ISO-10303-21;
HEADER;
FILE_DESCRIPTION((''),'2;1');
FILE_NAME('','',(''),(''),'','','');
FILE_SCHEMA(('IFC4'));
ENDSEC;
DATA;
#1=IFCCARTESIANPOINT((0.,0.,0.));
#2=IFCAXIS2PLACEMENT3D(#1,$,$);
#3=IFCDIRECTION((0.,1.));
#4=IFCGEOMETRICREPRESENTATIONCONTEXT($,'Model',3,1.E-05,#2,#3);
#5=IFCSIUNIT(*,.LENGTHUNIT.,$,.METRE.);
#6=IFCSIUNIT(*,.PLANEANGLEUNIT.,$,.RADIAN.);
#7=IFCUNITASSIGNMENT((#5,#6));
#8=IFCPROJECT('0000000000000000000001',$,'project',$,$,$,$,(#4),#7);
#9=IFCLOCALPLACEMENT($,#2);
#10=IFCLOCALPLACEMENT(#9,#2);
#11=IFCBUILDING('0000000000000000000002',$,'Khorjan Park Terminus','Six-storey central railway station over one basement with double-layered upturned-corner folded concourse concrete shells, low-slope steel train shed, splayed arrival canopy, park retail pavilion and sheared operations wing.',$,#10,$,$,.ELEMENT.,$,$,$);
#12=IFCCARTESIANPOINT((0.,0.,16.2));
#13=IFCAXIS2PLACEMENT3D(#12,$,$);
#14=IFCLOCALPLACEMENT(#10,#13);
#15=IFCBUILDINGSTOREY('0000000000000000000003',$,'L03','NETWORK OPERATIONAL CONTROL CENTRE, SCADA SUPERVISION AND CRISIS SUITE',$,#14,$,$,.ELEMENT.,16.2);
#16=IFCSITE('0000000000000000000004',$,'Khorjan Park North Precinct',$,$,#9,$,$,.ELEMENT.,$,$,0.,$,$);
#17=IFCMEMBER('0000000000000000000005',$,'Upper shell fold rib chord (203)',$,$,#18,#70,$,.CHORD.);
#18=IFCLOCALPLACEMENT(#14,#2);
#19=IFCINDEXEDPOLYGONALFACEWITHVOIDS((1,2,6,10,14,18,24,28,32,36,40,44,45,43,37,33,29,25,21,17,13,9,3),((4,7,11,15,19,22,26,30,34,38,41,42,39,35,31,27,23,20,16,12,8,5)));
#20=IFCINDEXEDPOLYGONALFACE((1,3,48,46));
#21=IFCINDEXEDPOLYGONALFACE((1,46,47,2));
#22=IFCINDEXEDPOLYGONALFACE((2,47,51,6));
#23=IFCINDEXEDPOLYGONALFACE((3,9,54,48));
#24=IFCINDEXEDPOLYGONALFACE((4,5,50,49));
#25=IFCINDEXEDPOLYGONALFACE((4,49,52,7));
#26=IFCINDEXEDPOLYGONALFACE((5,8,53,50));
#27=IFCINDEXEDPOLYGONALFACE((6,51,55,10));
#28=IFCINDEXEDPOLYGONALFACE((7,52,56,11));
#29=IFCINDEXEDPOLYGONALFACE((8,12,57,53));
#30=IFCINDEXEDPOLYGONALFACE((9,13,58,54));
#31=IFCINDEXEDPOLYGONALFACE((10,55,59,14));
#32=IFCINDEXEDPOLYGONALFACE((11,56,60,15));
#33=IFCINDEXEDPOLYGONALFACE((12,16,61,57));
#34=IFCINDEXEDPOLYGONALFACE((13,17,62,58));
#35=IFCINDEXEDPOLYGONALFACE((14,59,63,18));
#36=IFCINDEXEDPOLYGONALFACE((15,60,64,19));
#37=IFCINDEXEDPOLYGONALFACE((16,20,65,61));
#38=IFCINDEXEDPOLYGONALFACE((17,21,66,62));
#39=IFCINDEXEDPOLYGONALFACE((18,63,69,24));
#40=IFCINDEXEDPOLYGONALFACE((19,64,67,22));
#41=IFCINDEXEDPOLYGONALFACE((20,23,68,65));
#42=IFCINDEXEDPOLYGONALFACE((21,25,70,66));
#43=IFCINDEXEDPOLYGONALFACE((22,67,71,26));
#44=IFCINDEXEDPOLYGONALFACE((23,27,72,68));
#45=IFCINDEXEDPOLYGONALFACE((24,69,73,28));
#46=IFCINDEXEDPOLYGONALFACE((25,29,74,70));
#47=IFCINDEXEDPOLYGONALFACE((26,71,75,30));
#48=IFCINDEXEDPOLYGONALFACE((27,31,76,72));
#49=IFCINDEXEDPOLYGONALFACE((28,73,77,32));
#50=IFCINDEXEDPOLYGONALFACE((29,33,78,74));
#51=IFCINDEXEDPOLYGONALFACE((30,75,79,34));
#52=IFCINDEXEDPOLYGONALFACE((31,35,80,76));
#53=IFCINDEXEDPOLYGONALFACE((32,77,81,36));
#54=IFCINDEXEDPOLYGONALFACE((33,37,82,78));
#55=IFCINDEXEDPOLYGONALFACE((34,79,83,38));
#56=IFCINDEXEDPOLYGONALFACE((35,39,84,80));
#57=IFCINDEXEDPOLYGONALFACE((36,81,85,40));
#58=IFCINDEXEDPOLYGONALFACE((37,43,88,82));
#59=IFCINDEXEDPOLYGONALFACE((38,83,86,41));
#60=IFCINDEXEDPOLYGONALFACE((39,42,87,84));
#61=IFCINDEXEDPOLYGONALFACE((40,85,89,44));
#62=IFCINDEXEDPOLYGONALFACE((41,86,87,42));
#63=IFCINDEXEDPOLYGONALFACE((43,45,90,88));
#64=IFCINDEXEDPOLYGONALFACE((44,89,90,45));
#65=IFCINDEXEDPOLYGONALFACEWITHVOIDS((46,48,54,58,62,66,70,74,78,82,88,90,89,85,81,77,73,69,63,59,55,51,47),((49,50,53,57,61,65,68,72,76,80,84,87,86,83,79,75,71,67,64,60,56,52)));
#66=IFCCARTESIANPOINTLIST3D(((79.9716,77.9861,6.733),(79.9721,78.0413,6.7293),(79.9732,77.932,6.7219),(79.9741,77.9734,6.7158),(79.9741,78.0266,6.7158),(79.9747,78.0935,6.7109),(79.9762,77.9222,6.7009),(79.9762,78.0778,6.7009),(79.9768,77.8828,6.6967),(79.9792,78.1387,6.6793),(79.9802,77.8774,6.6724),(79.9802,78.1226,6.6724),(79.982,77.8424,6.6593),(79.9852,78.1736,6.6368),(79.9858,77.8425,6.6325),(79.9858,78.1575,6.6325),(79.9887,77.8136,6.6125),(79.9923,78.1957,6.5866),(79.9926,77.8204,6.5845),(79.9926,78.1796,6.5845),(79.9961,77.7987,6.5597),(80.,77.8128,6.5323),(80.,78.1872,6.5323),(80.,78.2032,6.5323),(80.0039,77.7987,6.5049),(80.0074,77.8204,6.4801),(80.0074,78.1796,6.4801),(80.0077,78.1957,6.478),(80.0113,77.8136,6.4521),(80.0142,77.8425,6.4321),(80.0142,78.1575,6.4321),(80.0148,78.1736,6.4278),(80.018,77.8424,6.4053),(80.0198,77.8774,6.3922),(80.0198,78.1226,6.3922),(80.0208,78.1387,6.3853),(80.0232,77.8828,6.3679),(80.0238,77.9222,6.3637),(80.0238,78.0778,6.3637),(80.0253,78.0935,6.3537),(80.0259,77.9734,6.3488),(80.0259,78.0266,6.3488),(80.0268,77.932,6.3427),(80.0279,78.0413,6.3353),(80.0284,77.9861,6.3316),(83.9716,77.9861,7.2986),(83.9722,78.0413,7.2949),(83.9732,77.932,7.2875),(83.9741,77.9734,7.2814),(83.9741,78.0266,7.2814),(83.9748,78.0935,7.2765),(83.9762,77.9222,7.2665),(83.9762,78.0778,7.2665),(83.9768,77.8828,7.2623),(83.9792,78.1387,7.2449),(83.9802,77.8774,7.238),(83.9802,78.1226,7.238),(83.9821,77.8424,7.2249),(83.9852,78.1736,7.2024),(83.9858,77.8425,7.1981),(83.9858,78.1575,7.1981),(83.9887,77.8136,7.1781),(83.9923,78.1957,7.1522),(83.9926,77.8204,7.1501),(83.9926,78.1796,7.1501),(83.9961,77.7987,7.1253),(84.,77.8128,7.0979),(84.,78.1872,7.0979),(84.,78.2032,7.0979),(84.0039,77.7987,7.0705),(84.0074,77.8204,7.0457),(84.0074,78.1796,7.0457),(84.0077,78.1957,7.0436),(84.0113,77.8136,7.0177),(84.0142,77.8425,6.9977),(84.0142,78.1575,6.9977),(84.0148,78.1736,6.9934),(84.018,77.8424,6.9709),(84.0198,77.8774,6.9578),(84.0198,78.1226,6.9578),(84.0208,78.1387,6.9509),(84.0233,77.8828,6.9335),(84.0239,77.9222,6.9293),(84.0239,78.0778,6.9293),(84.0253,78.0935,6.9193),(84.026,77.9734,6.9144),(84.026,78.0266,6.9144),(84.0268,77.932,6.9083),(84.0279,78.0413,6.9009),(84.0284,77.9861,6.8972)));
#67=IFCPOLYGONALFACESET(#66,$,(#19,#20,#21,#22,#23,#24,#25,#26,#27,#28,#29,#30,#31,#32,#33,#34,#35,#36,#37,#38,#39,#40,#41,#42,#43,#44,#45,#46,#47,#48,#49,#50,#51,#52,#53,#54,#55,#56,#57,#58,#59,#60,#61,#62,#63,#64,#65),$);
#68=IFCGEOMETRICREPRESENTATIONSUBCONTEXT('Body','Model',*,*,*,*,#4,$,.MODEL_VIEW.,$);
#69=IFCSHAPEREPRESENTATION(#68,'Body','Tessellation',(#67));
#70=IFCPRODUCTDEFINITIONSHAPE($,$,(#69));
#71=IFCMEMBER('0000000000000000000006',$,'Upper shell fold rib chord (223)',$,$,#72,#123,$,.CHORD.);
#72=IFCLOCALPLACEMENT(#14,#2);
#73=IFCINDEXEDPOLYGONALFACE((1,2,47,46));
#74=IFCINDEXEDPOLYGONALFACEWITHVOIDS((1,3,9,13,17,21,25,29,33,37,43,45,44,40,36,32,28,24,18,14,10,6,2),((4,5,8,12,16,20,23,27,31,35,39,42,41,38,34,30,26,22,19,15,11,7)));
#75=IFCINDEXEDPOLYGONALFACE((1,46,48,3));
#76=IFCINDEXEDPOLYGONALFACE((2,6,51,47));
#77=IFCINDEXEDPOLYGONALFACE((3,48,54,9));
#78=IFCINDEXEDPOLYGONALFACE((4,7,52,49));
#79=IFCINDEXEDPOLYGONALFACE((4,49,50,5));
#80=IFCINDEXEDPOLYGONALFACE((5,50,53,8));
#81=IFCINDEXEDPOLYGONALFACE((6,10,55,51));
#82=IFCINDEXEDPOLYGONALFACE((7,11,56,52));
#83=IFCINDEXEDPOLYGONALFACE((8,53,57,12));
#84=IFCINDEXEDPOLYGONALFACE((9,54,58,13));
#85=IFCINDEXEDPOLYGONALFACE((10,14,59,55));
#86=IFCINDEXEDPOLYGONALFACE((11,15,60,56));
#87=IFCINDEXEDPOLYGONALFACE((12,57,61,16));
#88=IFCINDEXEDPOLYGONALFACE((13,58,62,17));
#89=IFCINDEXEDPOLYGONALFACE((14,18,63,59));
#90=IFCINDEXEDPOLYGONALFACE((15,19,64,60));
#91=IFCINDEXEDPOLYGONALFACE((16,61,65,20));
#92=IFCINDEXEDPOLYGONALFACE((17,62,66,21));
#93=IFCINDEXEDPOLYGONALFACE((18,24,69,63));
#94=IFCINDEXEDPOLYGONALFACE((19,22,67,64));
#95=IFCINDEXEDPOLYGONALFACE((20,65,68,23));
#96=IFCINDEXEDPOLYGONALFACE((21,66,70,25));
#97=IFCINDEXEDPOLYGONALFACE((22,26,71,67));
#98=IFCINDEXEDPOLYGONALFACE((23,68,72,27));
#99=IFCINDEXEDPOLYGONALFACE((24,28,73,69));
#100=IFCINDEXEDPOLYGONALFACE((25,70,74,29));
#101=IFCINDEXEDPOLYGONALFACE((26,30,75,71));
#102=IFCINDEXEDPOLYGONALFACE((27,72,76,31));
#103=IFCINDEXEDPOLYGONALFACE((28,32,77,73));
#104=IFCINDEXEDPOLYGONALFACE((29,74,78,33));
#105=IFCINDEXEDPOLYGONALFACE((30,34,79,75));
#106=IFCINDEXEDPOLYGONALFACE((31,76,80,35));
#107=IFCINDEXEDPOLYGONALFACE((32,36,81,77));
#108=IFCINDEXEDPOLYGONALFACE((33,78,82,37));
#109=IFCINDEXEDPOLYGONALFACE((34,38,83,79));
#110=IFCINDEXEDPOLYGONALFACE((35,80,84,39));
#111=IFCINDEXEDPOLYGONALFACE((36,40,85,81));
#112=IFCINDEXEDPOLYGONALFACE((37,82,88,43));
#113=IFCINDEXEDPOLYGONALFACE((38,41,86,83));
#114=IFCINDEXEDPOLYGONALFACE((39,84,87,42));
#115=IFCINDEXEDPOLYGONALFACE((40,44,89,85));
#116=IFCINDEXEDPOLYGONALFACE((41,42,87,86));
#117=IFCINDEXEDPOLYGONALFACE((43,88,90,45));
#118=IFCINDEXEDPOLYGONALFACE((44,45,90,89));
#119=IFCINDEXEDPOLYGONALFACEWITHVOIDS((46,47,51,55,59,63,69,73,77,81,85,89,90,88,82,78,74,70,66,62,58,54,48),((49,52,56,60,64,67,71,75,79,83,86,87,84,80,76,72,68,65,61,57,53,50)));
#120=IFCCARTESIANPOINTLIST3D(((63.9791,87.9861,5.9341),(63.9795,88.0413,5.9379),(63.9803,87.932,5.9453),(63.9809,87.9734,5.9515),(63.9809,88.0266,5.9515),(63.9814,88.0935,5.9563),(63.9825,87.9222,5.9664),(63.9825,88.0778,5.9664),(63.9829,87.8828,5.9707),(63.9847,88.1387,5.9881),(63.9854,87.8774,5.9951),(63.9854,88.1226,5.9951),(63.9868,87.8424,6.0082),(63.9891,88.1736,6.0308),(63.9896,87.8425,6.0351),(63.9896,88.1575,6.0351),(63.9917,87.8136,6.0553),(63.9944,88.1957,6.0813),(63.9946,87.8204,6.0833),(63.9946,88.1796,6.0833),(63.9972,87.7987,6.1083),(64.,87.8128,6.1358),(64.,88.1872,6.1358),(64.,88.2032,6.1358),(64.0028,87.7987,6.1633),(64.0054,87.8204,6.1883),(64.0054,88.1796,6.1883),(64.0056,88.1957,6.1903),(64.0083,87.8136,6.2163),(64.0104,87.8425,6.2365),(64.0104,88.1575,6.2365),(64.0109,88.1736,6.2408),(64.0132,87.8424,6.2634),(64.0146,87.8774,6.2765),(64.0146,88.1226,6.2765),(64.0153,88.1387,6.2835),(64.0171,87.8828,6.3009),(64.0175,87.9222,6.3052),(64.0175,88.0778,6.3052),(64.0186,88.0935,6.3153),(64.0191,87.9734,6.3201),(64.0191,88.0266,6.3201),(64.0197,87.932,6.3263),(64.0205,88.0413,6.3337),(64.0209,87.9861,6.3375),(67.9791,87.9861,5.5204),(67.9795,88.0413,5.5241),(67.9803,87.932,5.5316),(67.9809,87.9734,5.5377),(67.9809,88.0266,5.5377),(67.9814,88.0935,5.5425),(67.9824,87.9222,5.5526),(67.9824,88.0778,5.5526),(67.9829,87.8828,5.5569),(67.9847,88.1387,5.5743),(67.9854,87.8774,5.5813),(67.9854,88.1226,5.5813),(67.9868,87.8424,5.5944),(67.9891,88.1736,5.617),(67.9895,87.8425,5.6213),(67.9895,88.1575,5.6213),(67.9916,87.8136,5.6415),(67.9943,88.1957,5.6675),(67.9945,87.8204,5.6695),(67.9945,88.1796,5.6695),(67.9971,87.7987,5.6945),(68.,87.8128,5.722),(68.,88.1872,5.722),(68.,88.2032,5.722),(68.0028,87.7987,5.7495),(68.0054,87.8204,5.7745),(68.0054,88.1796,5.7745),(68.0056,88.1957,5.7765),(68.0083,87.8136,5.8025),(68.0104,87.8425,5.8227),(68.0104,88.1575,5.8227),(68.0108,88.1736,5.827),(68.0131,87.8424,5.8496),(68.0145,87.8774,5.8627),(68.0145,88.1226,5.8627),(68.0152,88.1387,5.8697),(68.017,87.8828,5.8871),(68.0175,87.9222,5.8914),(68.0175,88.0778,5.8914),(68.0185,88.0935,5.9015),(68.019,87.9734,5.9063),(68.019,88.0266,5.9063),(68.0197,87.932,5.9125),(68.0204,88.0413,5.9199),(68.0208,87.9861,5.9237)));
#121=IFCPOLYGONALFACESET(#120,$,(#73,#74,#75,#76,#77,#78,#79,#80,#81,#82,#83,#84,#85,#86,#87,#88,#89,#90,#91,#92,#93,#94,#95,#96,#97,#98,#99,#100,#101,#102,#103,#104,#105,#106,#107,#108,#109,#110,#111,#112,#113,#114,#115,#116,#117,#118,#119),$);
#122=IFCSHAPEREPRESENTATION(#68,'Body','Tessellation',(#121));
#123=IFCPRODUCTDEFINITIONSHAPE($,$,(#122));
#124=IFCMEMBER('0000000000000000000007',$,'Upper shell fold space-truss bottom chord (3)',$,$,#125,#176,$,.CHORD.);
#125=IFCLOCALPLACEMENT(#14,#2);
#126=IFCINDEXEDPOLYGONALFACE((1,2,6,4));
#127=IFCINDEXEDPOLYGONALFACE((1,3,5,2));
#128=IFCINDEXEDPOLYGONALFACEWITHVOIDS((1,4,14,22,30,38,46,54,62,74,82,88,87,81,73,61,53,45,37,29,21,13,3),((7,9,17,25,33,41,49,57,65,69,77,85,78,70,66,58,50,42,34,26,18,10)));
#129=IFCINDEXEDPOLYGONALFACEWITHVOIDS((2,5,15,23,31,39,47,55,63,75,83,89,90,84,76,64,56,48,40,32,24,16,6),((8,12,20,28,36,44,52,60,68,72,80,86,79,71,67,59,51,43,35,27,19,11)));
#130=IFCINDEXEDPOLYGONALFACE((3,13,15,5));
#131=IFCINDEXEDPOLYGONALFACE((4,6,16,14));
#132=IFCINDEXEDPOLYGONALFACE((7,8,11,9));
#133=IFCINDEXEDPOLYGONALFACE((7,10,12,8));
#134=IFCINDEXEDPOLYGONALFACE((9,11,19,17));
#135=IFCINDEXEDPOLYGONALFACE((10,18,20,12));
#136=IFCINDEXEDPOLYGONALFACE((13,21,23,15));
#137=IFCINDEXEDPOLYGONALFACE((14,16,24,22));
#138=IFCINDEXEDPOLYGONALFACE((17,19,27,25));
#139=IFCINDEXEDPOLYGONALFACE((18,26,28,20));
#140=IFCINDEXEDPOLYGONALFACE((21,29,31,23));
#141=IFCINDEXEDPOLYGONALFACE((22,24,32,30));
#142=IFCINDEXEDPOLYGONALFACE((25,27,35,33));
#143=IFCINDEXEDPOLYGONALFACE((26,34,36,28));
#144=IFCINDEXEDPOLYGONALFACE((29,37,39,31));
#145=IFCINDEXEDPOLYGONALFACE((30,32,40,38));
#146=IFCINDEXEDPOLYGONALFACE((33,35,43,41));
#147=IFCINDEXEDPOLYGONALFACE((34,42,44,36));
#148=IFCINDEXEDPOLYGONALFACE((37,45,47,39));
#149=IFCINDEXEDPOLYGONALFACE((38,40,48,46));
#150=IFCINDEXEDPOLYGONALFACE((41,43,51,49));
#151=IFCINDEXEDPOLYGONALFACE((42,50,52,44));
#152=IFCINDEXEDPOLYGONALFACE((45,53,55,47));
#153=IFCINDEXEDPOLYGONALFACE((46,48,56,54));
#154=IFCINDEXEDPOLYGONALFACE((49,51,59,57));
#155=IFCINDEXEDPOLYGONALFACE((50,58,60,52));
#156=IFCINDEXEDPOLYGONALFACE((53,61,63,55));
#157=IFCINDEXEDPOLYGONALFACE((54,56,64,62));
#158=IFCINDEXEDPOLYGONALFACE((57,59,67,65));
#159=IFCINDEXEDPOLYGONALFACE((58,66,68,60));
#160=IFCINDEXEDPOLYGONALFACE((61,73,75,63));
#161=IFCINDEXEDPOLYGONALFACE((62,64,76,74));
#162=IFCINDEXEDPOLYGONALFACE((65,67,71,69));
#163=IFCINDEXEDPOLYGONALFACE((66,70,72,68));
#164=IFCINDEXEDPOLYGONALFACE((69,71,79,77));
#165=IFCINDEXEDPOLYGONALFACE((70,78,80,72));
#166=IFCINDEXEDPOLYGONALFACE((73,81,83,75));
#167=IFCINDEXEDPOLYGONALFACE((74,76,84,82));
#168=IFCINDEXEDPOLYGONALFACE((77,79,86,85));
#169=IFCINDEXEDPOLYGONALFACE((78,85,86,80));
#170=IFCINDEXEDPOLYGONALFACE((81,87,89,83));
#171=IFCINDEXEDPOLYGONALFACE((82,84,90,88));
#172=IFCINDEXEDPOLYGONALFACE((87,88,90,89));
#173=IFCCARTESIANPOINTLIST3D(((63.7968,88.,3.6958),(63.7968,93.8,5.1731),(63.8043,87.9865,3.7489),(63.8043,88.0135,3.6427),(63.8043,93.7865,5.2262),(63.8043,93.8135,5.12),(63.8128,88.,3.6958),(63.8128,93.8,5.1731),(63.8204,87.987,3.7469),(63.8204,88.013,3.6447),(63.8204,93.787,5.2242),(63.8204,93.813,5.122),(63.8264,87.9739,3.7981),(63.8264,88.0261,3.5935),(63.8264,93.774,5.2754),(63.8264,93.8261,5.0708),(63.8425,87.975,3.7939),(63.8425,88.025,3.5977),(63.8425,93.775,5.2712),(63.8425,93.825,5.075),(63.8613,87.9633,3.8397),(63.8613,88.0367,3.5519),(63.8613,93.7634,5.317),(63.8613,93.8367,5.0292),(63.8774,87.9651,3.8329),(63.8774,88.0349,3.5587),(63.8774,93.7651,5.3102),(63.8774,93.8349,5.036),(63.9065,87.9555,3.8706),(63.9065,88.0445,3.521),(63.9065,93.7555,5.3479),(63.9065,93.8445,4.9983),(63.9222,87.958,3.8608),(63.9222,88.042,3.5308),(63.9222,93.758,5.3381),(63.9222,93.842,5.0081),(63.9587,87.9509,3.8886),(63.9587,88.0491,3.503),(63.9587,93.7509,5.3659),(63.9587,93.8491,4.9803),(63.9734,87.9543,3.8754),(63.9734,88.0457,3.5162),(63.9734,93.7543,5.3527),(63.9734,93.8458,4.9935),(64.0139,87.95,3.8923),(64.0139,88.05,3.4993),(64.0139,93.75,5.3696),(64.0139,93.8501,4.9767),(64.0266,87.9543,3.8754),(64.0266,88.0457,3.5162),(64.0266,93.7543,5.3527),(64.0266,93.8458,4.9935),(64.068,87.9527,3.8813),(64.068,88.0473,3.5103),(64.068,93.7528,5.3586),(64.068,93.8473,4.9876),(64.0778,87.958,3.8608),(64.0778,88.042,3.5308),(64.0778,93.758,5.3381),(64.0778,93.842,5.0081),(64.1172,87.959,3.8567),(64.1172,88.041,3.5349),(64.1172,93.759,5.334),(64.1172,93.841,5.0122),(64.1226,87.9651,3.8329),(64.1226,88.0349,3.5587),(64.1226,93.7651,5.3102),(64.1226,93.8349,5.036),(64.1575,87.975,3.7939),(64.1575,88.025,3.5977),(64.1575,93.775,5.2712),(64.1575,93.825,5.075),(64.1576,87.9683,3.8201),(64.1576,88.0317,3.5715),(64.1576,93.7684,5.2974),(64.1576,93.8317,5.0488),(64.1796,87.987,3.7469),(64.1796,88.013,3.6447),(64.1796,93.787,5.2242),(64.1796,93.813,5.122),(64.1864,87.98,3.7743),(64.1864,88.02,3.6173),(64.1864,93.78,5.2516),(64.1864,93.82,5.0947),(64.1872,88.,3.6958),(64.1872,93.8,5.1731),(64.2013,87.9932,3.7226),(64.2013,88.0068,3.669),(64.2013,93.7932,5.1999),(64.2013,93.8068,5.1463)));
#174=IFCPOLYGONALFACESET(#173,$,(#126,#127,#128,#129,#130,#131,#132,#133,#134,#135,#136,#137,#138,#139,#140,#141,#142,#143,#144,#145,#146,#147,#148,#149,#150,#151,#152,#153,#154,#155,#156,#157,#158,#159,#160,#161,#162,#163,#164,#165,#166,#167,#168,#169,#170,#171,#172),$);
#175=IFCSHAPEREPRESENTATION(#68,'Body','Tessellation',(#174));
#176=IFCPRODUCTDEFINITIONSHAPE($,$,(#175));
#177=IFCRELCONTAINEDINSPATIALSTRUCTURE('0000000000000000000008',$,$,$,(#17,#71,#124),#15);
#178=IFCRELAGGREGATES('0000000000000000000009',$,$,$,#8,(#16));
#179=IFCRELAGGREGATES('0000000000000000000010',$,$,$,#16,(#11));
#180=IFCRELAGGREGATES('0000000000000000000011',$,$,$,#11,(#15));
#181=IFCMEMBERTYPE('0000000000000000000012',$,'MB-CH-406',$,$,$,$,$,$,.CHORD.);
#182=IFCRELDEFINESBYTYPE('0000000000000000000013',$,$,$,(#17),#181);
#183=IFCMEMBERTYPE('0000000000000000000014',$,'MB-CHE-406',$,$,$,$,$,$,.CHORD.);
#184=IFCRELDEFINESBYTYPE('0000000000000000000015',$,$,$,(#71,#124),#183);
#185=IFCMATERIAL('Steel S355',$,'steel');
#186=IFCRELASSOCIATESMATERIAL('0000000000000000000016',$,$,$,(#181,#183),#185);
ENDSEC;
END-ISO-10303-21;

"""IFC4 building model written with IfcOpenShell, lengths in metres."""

from ifc_helpers import new_model, si_unit, direction, frame, origin, origin_2d, place, context, subcontext, project, spatial, hollow_circle, extrude, material, material_profile, profile_set, type_object, element, save


model = new_model("IFC4")

# Units and contexts
model_context = context("Model", 3, precision=1e-05, world=origin(), true_north=direction((0.0, 1.0)))
body_context = subcontext(model_context, "Body", "Model", "MODEL_VIEW")
ifc_project = project(units=[si_unit("LENGTHUNIT", "METRE"), si_unit("PLANEANGLEUNIT", "RADIAN")], contexts=[model_context])

# Site, building, storey
site_placement = place(None, origin())
site = spatial("IfcSite", under=ifc_project, at=site_placement, Name="Khorjan Park North Precinct", CompositionType="ELEMENT", RefElevation=0.0)
building_placement = place(site_placement, origin())
building = spatial("IfcBuilding", under=site, at=building_placement, Name="Khorjan Park Terminus", Description="Six-storey central railway station over one basement with double-layered upturned-corner folded concourse concrete shells, low-slope steel train shed, splayed arrival canopy, park retail pavilion and sheared operations wing.", CompositionType="ELEMENT")
storey_placement = place(building_placement, frame((0.0, 0.0, 16.2)))
storey = spatial("IfcBuildingStorey", under=building, at=storey_placement, Name="L03", Description="NETWORK OPERATIONAL CONTROL CENTRE, SCADA SUPERVISION AND CRISIS SUITE", CompositionType="ELEMENT", Elevation=16.2)

# Members
ifc_material_1 = material(Name="Steel S355", Category="steel")
ifc_material_profile_1 = material_profile(ifc_material_1, hollow_circle(Radius=0.2032, WallThickness=0.016, at=origin_2d()), Name="CHS 406.4x16")
ifc_profile_set_1 = profile_set([ifc_material_profile_1], Name="Steel S355")
member_type_1 = type_object("IfcMemberType", Name="MB-CH-406", PredefinedType="CHORD", material=ifc_profile_set_1)
member_1_placement = place(storey_placement, frame((80.0, 78.0, 6.5323), z_axis=(0.99015, 0.0, 0.140007), x_axis=(0.0, 1.0, 0.0)))
element("IfcMember", 1, at=member_1_placement, inside=storey, type_object=member_type_1, Name="Upper shell fold rib chord (203)", PredefinedType="CHORD", context=body_context, shape_type="SweptSolid", body=[
    extrude(hollow_circle(Radius=0.2032, WallThickness=0.016, at=origin_2d()), origin(), (0.0, 0.0, 1.0), 4.0398),
])
ifc_material_profile_2 = material_profile(ifc_material_1, hollow_circle(Radius=0.2032, WallThickness=0.016, at=origin_2d()), Name="CHS 406.4x16")
ifc_profile_set_2 = profile_set([ifc_material_profile_2], Name="Steel S355")
member_type_2 = type_object("IfcMemberType", Name="MB-CHE-406", PredefinedType="CHORD", material=ifc_profile_set_2)
member_2_placement = place(storey_placement, frame((64.0, 88.0, 6.1358), z_axis=(0.994692, 0.0, -0.102901), x_axis=(0.0, 1.0, 0.0)))
element("IfcMember", 2, at=member_2_placement, inside=storey, type_object=member_type_2, Name="Upper shell fold rib chord (223)", PredefinedType="CHORD", context=body_context, shape_type="SweptSolid", body=[
    extrude(hollow_circle(Radius=0.2032, WallThickness=0.016, at=origin_2d()), origin(), (0.0, 0.0, 1.0), 4.0213),
])
member_3_placement = place(storey_placement, frame((64.0, 88.0, 3.6958), z_axis=(0.0, 0.96906, 0.246826), x_axis=(-1.0, 0.0, 0.0)))
element("IfcMember", 3, at=member_3_placement, inside=storey, type_object=member_type_2, Name="Upper shell fold space-truss bottom chord (3)", PredefinedType="CHORD", context=body_context, shape_type="SweptSolid", body=[
    extrude(hollow_circle(Radius=0.2032, WallThickness=0.016, at=origin_2d()), origin(), (0.0, 0.0, 1.0), 5.9852),
])

save(model, "model.ifc")
